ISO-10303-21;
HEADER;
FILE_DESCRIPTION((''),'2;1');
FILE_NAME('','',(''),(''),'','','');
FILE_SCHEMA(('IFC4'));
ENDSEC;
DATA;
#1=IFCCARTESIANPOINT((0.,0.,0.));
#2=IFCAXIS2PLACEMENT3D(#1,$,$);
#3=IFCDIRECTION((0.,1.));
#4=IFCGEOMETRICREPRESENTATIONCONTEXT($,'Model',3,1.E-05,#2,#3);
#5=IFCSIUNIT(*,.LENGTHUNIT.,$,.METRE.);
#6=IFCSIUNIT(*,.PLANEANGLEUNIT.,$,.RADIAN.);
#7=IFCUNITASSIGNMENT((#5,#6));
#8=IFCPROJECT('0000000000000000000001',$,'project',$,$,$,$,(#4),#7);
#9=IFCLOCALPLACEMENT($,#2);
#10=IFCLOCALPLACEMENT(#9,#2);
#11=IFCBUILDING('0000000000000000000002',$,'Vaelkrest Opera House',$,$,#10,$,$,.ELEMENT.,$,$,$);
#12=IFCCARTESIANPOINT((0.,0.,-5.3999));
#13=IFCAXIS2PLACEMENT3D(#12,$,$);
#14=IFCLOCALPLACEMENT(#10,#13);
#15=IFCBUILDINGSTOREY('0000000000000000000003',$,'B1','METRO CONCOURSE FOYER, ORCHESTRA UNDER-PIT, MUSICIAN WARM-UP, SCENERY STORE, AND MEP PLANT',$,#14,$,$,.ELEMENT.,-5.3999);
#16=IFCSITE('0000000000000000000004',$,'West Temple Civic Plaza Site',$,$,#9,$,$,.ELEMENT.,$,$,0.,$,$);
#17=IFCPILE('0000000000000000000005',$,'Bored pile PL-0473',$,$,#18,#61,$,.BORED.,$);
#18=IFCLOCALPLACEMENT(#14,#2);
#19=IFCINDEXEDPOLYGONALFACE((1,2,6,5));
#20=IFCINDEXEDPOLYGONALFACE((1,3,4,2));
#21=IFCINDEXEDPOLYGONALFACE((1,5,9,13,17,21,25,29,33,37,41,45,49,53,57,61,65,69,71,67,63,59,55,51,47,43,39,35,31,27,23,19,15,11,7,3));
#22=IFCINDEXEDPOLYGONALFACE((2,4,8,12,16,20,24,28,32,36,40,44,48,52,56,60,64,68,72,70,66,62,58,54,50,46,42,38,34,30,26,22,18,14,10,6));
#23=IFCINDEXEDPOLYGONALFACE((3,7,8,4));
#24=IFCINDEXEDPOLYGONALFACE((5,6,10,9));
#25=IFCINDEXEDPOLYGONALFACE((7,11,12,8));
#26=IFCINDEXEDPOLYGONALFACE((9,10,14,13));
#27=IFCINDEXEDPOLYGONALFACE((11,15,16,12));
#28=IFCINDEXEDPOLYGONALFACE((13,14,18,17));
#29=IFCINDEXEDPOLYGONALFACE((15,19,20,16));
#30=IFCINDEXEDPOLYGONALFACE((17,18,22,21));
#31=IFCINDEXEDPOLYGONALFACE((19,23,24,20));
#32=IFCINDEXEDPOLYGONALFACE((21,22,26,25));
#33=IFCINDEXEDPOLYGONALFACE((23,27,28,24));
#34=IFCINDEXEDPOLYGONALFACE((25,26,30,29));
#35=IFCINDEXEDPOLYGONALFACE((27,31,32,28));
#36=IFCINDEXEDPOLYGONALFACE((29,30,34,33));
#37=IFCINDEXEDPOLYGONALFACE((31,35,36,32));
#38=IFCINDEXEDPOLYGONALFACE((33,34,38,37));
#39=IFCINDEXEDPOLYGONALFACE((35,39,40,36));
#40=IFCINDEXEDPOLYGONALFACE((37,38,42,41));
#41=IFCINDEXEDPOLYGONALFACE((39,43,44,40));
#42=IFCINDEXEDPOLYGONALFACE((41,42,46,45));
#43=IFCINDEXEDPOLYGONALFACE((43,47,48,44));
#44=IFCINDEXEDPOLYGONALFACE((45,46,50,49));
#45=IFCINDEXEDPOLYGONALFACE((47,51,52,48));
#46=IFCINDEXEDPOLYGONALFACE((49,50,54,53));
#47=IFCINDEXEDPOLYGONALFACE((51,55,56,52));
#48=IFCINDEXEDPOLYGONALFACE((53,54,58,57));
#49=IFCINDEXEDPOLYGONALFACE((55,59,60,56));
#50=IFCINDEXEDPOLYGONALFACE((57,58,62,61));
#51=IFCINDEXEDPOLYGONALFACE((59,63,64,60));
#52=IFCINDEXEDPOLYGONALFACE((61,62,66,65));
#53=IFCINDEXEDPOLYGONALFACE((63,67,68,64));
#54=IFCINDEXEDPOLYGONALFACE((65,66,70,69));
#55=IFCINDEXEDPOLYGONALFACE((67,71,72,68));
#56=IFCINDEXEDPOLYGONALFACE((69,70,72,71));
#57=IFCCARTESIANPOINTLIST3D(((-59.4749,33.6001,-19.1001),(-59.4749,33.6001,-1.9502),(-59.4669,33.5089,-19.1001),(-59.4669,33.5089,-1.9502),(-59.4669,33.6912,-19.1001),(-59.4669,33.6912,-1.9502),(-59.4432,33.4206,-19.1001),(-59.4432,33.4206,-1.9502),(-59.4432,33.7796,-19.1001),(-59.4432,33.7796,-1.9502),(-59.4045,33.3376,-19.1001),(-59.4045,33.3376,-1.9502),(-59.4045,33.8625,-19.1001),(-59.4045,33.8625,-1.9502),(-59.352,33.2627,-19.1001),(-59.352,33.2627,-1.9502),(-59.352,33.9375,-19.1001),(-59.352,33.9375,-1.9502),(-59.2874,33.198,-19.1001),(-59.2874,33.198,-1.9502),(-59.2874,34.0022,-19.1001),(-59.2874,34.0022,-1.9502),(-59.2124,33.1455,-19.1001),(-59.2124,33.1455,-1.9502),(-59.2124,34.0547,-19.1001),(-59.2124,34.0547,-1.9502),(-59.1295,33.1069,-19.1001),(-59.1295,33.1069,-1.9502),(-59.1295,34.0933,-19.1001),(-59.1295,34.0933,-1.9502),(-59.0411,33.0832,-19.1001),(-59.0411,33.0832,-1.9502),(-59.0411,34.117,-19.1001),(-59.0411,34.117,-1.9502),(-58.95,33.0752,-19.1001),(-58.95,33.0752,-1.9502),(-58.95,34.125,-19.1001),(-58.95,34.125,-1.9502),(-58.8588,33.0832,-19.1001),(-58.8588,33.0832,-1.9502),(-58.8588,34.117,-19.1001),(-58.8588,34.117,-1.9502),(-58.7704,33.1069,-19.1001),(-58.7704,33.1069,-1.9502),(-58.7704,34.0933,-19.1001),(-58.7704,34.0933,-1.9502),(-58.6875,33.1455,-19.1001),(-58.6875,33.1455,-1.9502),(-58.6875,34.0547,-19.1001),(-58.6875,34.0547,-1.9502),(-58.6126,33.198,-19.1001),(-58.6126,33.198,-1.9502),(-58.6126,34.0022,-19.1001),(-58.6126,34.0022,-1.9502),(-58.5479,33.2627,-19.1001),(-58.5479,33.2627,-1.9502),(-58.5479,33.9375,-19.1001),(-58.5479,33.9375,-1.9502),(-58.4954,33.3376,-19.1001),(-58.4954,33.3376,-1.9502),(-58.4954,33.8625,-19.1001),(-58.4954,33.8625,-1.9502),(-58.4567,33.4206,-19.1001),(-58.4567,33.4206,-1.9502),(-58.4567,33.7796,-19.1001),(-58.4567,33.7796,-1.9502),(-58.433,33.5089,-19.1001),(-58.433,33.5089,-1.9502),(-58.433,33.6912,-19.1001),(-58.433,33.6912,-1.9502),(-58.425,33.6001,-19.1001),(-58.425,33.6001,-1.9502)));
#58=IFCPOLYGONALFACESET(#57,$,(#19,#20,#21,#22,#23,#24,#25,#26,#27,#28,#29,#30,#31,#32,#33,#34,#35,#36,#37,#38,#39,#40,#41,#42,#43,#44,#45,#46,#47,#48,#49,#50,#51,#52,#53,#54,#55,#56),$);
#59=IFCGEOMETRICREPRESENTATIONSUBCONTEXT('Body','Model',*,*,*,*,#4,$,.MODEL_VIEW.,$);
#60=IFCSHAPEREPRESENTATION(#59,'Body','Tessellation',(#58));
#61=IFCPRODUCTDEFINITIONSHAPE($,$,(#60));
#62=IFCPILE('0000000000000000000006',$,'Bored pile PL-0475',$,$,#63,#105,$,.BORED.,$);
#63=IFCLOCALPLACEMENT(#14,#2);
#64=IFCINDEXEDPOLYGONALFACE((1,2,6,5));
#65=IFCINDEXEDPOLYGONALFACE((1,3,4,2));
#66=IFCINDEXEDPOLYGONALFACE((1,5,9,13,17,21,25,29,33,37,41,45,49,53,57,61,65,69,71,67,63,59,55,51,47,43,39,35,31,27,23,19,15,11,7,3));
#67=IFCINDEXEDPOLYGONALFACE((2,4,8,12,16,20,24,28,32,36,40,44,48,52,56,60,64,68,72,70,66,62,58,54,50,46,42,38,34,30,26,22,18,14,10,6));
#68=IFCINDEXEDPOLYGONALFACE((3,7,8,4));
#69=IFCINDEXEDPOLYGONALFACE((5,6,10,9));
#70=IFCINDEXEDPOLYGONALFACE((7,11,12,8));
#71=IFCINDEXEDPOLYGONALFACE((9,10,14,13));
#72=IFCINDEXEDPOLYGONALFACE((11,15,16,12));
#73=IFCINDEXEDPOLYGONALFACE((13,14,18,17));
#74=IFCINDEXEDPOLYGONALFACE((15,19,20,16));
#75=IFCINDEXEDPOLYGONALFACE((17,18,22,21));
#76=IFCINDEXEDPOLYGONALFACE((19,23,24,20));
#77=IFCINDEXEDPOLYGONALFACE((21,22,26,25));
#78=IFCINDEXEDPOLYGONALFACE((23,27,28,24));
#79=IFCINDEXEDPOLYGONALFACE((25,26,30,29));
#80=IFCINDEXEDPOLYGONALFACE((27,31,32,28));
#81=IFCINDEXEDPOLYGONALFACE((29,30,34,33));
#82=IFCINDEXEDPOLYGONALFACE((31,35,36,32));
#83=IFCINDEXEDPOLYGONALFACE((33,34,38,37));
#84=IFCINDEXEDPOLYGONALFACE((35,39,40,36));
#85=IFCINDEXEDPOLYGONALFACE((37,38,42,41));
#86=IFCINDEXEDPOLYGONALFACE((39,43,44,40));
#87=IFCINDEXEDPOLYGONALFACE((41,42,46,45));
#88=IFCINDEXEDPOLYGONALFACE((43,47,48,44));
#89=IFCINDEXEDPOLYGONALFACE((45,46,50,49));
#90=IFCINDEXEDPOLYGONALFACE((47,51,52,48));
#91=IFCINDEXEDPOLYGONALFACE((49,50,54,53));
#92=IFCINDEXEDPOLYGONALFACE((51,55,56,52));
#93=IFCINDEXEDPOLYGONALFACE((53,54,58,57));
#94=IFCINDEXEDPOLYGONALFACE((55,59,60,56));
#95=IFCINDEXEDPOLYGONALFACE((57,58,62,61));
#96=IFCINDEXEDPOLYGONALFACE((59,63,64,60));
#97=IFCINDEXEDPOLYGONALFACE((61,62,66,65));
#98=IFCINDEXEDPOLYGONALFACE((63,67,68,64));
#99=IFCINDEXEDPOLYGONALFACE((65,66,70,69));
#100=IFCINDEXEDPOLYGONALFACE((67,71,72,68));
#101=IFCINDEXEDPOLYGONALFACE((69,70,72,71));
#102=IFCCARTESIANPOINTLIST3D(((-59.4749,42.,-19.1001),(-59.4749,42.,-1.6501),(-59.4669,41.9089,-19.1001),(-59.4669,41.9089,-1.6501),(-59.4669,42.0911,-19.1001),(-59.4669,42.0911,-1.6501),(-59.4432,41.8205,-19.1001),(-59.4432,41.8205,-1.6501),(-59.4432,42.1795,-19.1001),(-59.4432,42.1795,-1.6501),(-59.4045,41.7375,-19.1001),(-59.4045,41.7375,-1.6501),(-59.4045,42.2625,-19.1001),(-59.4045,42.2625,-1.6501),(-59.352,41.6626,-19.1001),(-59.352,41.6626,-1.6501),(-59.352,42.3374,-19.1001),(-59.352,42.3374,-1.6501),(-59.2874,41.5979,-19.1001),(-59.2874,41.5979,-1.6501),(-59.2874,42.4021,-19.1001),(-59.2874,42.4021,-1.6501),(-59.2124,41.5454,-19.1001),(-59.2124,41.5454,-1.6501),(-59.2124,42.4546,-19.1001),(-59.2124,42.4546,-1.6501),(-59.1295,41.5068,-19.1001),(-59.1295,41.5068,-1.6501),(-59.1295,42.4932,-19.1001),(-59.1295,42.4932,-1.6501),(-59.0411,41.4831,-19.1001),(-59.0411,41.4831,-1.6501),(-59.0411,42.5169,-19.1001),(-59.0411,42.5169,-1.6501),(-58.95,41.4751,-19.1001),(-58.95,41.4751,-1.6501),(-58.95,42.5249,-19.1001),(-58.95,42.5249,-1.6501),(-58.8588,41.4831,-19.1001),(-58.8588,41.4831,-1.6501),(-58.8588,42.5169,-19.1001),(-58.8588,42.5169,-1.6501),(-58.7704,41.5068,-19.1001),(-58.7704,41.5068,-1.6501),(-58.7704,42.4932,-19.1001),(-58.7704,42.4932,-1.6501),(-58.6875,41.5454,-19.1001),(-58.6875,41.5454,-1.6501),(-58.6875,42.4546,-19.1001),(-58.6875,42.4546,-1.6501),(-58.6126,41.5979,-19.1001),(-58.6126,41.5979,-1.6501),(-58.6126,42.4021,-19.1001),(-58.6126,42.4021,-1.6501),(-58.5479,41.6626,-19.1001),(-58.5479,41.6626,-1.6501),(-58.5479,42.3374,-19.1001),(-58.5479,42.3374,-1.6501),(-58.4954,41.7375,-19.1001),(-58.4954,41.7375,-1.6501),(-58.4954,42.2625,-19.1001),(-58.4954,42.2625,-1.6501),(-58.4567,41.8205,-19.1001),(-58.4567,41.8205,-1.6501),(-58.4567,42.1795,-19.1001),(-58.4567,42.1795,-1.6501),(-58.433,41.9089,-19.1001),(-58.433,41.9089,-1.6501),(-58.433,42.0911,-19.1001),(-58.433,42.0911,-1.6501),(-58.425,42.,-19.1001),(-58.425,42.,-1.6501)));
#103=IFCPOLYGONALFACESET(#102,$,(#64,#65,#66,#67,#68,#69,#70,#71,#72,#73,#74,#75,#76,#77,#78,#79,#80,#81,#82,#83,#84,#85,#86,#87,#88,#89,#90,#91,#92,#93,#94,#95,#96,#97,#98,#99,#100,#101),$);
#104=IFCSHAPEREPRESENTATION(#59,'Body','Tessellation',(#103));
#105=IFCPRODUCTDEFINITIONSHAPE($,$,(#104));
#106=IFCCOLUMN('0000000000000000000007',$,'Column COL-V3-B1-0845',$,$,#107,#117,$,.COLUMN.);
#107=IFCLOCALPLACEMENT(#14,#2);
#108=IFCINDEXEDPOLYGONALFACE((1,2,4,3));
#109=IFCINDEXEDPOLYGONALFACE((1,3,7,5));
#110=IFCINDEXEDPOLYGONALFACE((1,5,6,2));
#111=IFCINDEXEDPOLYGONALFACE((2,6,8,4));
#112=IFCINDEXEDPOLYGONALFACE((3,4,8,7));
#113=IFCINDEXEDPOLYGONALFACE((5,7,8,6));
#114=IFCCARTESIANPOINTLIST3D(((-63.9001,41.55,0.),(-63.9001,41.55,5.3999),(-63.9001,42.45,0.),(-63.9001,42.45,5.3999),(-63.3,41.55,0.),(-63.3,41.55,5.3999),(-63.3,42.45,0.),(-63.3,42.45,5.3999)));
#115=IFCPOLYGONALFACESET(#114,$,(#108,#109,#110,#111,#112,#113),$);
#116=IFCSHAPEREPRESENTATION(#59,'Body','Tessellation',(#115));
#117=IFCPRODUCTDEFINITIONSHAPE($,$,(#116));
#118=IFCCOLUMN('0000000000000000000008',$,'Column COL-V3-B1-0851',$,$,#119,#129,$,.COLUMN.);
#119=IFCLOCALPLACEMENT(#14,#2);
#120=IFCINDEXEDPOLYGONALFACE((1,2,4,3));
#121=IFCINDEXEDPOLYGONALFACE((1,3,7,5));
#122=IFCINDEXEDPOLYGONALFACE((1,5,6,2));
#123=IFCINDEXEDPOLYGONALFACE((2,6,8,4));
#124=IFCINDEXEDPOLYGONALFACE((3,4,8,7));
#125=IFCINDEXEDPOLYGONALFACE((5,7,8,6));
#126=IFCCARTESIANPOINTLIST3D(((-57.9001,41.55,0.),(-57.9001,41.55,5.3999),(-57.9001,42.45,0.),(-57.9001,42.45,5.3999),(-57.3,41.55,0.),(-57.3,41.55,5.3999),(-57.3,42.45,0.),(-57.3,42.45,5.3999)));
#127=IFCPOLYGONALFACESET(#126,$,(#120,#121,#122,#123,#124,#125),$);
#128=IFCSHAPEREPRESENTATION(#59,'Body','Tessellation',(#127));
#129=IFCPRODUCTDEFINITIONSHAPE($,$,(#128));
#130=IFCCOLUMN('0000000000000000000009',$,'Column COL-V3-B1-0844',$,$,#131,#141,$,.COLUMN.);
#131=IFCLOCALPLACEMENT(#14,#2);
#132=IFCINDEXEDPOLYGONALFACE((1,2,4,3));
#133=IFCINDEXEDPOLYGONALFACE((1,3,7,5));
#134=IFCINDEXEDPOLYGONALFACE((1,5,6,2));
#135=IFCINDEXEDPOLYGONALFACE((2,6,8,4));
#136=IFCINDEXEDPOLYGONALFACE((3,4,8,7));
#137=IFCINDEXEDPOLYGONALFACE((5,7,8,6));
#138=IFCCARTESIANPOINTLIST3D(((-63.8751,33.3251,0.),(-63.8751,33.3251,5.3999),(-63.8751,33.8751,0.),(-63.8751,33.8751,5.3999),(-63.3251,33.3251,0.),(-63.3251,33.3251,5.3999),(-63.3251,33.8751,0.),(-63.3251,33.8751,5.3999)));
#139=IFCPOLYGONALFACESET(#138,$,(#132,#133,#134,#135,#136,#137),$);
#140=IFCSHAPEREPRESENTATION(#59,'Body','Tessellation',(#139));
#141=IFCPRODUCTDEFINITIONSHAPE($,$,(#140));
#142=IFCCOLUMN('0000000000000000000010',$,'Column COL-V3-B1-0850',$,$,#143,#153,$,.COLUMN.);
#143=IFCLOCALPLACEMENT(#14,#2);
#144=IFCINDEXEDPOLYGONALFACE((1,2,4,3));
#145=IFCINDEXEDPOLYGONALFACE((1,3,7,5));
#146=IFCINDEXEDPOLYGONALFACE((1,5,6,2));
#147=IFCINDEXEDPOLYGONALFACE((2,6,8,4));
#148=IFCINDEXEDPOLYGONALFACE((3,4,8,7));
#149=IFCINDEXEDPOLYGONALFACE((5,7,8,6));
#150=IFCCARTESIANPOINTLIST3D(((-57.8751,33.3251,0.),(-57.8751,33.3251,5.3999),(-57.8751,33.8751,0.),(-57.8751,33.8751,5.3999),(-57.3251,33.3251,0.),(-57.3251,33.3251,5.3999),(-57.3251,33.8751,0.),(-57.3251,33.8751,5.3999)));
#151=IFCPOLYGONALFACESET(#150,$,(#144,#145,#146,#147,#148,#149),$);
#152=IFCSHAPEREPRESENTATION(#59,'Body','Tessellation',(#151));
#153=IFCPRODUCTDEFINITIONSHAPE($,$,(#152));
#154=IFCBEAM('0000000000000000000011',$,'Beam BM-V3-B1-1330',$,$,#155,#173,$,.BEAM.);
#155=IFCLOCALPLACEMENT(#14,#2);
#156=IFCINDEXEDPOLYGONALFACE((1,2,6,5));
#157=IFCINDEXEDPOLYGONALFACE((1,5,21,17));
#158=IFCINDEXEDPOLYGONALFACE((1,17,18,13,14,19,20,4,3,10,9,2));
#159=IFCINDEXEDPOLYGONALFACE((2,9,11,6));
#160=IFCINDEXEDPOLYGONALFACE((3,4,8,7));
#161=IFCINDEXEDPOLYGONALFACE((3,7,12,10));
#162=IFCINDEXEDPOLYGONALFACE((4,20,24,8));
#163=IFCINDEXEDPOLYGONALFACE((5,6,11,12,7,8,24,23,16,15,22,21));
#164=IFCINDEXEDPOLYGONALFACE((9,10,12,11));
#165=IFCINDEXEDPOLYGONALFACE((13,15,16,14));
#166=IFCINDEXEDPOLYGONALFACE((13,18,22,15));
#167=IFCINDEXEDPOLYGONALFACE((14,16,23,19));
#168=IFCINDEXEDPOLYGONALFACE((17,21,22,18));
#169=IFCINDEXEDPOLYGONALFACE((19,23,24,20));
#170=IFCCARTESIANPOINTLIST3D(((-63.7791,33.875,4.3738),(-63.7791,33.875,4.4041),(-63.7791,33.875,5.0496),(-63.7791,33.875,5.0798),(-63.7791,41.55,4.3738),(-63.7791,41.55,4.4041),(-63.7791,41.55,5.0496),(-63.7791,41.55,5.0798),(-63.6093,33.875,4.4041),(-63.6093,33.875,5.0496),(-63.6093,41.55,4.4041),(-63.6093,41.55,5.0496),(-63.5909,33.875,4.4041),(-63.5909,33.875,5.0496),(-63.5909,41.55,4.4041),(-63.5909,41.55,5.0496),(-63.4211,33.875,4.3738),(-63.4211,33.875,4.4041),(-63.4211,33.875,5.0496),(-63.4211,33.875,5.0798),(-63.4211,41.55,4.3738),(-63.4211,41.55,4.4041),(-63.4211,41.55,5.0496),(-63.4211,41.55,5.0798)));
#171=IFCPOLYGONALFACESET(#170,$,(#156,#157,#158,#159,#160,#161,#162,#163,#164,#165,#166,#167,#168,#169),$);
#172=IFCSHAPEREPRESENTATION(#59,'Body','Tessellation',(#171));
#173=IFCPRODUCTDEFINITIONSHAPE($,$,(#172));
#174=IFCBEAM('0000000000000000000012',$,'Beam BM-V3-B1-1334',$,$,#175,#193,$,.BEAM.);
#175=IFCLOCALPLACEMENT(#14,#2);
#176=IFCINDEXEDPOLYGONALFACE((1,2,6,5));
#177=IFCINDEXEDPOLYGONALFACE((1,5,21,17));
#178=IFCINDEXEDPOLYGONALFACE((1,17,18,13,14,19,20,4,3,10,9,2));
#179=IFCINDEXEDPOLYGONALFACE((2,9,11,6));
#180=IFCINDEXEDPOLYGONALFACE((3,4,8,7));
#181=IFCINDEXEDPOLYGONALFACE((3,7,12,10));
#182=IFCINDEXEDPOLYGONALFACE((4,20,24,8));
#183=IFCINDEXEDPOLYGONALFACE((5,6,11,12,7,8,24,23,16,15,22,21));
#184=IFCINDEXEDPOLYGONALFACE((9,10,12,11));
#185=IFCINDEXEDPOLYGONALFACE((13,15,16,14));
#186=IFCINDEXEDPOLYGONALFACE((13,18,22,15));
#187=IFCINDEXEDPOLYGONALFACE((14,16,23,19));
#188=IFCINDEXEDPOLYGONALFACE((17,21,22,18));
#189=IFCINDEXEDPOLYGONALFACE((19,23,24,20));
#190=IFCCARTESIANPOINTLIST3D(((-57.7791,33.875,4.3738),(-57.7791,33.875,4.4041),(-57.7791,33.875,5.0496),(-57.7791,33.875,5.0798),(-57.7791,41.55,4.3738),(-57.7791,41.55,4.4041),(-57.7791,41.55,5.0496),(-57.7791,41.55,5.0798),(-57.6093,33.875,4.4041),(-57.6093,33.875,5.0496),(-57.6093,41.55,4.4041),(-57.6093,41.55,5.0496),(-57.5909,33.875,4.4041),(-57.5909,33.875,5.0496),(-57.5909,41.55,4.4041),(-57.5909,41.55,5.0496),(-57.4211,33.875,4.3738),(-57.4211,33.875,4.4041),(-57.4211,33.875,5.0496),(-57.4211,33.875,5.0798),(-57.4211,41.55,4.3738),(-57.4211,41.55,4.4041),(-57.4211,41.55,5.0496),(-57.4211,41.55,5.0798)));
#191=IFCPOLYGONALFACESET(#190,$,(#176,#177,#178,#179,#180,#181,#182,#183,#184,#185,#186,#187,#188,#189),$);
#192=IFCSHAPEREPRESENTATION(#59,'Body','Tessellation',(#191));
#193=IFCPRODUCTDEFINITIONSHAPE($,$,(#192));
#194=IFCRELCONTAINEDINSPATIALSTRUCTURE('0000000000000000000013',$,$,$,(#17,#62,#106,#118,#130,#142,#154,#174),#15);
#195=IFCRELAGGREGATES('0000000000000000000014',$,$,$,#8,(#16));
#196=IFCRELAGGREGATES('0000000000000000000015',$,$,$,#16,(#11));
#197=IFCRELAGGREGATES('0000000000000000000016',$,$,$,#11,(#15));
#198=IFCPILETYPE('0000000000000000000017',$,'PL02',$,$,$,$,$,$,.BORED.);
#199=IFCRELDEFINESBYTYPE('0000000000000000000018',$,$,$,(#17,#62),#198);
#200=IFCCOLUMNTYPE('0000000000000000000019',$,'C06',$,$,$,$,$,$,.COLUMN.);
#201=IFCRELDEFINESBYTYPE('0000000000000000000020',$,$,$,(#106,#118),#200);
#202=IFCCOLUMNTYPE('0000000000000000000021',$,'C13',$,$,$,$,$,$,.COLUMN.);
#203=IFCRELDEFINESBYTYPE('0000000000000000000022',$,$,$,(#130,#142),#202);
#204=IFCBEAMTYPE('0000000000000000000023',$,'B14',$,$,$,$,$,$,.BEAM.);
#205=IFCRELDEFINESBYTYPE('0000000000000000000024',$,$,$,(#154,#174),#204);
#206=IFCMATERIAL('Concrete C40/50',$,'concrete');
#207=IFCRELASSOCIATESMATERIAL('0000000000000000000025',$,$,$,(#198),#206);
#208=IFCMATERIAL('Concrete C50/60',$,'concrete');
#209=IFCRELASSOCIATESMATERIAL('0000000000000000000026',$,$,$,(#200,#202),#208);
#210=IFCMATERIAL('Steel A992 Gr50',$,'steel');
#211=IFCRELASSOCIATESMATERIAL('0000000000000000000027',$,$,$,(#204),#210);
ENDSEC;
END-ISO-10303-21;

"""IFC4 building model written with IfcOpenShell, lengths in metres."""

from ifc_helpers import new_model, si_unit, direction, frame, origin, origin_2d, place, context, subcontext, project, spatial, rectangle, circle, i_section, extrude, material, material_profile, profile_set, type_object, element, save


model = new_model("IFC4")

# Units and contexts
model_context = context("Model", 3, precision=1e-05, world=origin(), true_north=direction((0.0, 1.0)))
body_context = subcontext(model_context, "Body", "Model", "MODEL_VIEW")
ifc_project = project(units=[si_unit("LENGTHUNIT", "METRE"), si_unit("PLANEANGLEUNIT", "RADIAN")], contexts=[model_context])

# Site, building, storey
site_placement = place(None, origin())
site = spatial("IfcSite", under=ifc_project, at=site_placement, Name="West Temple Civic Plaza Site", CompositionType="ELEMENT", RefElevation=0.0)
building_placement = place(site_placement, origin())
building = spatial("IfcBuilding", under=site, at=building_placement, Name="Vaelkrest Opera House", CompositionType="ELEMENT")
storey_placement = place(building_placement, frame((0.0, 0.0, -5.3999)))
storey = spatial("IfcBuildingStorey", under=building, at=storey_placement, Name="B1", Description="METRO CONCOURSE FOYER, ORCHESTRA UNDER-PIT, MUSICIAN WARM-UP, SCENERY STORE, AND MEP PLANT", CompositionType="ELEMENT", Elevation=-5.3999)

# Shared definitions
ifc_material_1 = material(Name="Concrete C40/50", Category="concrete")

# Piles
ifc_material_profile_1 = material_profile(ifc_material_1, circle(Radius=0.5249, at=origin_2d()), Name="PILE1050")
ifc_profile_set_1 = profile_set([ifc_material_profile_1], Name="Concrete C40/50")
pile_type = type_object("IfcPileType", Name="PL02", PredefinedType="BORED", material=ifc_profile_set_1)
pile_1_placement = place(storey_placement, frame((-58.95, 33.6001, -1.9502), z_axis=(0.0, 0.0, -1.0), x_axis=(1.0, 0.0, 0.0)))
element("IfcPile", 1, at=pile_1_placement, inside=storey, type_object=pile_type, Name="Bored pile PL-0473", PredefinedType="BORED", context=body_context, shape_type="SweptSolid", body=[
    extrude(circle(Radius=0.5249, at=origin_2d()), origin(), (0.0, 0.0, 1.0), 17.1499),
])
pile_2_placement = place(storey_placement, frame((-58.95, 42.0, -1.6501), z_axis=(0.0, 0.0, -1.0), x_axis=(1.0, 0.0, 0.0)))
element("IfcPile", 2, at=pile_2_placement, inside=storey, type_object=pile_type, Name="Bored pile PL-0475", PredefinedType="BORED", context=body_context, shape_type="SweptSolid", body=[
    extrude(circle(Radius=0.5249, at=origin_2d()), origin(), (0.0, 0.0, 1.0), 17.45),
])

# Columns
ifc_material_2 = material(Name="Concrete C50/60", Category="concrete")
ifc_material_profile_2 = material_profile(ifc_material_2, rectangle(XDim=0.6001, YDim=0.8999, at=origin_2d()), Name="RC600X900")
ifc_profile_set_2 = profile_set([ifc_material_profile_2], Name="Concrete C50/60")
column_type_1 = type_object("IfcColumnType", Name="C06", PredefinedType="COLUMN", material=ifc_profile_set_2)
for number, where, z_axis, x_axis, name in (
    (3, (-63.6001, 42.0, 0.0), (0.0, 0.0, 1.0), (1.0, 0.0, 0.0), "Column COL-V3-B1-0845"),
    (4, (-57.6001, 42.0, 0.0), (0.0, 0.0, 1.0), (1.0, 0.0, 0.0), "Column COL-V3-B1-0851"),
):
    element("IfcColumn", number, at=place(storey_placement, frame(where, z_axis=z_axis, x_axis=x_axis)), inside=storey, type_object=column_type_1, Name=name, PredefinedType="COLUMN", context=body_context, shape_type="SweptSolid", body=[
        extrude(rectangle(XDim=0.6001, YDim=0.8999, at=origin_2d()), origin(), (0.0, 0.0, 1.0), 5.3999),
    ])
ifc_material_profile_3 = material_profile(ifc_material_2, rectangle(XDim=0.55, YDim=0.55, at=origin_2d()), Name="RC550X550")
ifc_profile_set_3 = profile_set([ifc_material_profile_3], Name="Concrete C50/60")
column_type_2 = type_object("IfcColumnType", Name="C13", PredefinedType="COLUMN", material=ifc_profile_set_3)
for number, where, z_axis, x_axis, name in (
    (5, (-63.6001, 33.6001, 0.0), (0.0, 0.0, 1.0), (1.0, 0.0, 0.0), "Column COL-V3-B1-0844"),
    (6, (-57.6001, 33.6001, 0.0), (0.0, 0.0, 1.0), (1.0, 0.0, 0.0), "Column COL-V3-B1-0850"),
):
    element("IfcColumn", number, at=place(storey_placement, frame(where, z_axis=z_axis, x_axis=x_axis)), inside=storey, type_object=column_type_2, Name=name, PredefinedType="COLUMN", context=body_context, shape_type="SweptSolid", body=[
        extrude(rectangle(XDim=0.55, YDim=0.55, at=origin_2d()), origin(), (0.0, 0.0, 1.0), 5.3999),
    ])

# Beams
ifc_material_3 = material(Name="Steel A992 Gr50", Category="steel")
ifc_material_profile_4 = material_profile(ifc_material_3, i_section(OverallWidth=0.3579, OverallDepth=0.7061, WebThickness=0.0183, FlangeThickness=0.0303, at=origin_2d()), Name="W27X178")
ifc_profile_set_4 = profile_set([ifc_material_profile_4], Name="Steel A992 Gr50")
beam_type_1 = type_object("IfcBeamType", Name="B14", PredefinedType="BEAM", material=ifc_profile_set_4)
for number, where, z_axis, x_axis, name in (
    (7, (-63.6001, 33.875, 4.7268), (0.0, 1.0, 0.0), (-1.0, 0.0, 0.0), "Beam BM-V3-B1-1330"),
    (8, (-57.6001, 33.875, 4.7268), (0.0, 1.0, 0.0), (-1.0, 0.0, 0.0), "Beam BM-V3-B1-1334"),
):
    element("IfcBeam", number, at=place(storey_placement, frame(where, z_axis=z_axis, x_axis=x_axis)), inside=storey, type_object=beam_type_1, Name=name, PredefinedType="BEAM", context=body_context, shape_type="SweptSolid", body=[
        extrude(i_section(OverallWidth=0.3579, OverallDepth=0.7061, WebThickness=0.0183, FlangeThickness=0.0303, at=origin_2d()), origin(), (0.0, 0.0, 1.0), 7.675),
    ])

save(model, "model.ifc")
